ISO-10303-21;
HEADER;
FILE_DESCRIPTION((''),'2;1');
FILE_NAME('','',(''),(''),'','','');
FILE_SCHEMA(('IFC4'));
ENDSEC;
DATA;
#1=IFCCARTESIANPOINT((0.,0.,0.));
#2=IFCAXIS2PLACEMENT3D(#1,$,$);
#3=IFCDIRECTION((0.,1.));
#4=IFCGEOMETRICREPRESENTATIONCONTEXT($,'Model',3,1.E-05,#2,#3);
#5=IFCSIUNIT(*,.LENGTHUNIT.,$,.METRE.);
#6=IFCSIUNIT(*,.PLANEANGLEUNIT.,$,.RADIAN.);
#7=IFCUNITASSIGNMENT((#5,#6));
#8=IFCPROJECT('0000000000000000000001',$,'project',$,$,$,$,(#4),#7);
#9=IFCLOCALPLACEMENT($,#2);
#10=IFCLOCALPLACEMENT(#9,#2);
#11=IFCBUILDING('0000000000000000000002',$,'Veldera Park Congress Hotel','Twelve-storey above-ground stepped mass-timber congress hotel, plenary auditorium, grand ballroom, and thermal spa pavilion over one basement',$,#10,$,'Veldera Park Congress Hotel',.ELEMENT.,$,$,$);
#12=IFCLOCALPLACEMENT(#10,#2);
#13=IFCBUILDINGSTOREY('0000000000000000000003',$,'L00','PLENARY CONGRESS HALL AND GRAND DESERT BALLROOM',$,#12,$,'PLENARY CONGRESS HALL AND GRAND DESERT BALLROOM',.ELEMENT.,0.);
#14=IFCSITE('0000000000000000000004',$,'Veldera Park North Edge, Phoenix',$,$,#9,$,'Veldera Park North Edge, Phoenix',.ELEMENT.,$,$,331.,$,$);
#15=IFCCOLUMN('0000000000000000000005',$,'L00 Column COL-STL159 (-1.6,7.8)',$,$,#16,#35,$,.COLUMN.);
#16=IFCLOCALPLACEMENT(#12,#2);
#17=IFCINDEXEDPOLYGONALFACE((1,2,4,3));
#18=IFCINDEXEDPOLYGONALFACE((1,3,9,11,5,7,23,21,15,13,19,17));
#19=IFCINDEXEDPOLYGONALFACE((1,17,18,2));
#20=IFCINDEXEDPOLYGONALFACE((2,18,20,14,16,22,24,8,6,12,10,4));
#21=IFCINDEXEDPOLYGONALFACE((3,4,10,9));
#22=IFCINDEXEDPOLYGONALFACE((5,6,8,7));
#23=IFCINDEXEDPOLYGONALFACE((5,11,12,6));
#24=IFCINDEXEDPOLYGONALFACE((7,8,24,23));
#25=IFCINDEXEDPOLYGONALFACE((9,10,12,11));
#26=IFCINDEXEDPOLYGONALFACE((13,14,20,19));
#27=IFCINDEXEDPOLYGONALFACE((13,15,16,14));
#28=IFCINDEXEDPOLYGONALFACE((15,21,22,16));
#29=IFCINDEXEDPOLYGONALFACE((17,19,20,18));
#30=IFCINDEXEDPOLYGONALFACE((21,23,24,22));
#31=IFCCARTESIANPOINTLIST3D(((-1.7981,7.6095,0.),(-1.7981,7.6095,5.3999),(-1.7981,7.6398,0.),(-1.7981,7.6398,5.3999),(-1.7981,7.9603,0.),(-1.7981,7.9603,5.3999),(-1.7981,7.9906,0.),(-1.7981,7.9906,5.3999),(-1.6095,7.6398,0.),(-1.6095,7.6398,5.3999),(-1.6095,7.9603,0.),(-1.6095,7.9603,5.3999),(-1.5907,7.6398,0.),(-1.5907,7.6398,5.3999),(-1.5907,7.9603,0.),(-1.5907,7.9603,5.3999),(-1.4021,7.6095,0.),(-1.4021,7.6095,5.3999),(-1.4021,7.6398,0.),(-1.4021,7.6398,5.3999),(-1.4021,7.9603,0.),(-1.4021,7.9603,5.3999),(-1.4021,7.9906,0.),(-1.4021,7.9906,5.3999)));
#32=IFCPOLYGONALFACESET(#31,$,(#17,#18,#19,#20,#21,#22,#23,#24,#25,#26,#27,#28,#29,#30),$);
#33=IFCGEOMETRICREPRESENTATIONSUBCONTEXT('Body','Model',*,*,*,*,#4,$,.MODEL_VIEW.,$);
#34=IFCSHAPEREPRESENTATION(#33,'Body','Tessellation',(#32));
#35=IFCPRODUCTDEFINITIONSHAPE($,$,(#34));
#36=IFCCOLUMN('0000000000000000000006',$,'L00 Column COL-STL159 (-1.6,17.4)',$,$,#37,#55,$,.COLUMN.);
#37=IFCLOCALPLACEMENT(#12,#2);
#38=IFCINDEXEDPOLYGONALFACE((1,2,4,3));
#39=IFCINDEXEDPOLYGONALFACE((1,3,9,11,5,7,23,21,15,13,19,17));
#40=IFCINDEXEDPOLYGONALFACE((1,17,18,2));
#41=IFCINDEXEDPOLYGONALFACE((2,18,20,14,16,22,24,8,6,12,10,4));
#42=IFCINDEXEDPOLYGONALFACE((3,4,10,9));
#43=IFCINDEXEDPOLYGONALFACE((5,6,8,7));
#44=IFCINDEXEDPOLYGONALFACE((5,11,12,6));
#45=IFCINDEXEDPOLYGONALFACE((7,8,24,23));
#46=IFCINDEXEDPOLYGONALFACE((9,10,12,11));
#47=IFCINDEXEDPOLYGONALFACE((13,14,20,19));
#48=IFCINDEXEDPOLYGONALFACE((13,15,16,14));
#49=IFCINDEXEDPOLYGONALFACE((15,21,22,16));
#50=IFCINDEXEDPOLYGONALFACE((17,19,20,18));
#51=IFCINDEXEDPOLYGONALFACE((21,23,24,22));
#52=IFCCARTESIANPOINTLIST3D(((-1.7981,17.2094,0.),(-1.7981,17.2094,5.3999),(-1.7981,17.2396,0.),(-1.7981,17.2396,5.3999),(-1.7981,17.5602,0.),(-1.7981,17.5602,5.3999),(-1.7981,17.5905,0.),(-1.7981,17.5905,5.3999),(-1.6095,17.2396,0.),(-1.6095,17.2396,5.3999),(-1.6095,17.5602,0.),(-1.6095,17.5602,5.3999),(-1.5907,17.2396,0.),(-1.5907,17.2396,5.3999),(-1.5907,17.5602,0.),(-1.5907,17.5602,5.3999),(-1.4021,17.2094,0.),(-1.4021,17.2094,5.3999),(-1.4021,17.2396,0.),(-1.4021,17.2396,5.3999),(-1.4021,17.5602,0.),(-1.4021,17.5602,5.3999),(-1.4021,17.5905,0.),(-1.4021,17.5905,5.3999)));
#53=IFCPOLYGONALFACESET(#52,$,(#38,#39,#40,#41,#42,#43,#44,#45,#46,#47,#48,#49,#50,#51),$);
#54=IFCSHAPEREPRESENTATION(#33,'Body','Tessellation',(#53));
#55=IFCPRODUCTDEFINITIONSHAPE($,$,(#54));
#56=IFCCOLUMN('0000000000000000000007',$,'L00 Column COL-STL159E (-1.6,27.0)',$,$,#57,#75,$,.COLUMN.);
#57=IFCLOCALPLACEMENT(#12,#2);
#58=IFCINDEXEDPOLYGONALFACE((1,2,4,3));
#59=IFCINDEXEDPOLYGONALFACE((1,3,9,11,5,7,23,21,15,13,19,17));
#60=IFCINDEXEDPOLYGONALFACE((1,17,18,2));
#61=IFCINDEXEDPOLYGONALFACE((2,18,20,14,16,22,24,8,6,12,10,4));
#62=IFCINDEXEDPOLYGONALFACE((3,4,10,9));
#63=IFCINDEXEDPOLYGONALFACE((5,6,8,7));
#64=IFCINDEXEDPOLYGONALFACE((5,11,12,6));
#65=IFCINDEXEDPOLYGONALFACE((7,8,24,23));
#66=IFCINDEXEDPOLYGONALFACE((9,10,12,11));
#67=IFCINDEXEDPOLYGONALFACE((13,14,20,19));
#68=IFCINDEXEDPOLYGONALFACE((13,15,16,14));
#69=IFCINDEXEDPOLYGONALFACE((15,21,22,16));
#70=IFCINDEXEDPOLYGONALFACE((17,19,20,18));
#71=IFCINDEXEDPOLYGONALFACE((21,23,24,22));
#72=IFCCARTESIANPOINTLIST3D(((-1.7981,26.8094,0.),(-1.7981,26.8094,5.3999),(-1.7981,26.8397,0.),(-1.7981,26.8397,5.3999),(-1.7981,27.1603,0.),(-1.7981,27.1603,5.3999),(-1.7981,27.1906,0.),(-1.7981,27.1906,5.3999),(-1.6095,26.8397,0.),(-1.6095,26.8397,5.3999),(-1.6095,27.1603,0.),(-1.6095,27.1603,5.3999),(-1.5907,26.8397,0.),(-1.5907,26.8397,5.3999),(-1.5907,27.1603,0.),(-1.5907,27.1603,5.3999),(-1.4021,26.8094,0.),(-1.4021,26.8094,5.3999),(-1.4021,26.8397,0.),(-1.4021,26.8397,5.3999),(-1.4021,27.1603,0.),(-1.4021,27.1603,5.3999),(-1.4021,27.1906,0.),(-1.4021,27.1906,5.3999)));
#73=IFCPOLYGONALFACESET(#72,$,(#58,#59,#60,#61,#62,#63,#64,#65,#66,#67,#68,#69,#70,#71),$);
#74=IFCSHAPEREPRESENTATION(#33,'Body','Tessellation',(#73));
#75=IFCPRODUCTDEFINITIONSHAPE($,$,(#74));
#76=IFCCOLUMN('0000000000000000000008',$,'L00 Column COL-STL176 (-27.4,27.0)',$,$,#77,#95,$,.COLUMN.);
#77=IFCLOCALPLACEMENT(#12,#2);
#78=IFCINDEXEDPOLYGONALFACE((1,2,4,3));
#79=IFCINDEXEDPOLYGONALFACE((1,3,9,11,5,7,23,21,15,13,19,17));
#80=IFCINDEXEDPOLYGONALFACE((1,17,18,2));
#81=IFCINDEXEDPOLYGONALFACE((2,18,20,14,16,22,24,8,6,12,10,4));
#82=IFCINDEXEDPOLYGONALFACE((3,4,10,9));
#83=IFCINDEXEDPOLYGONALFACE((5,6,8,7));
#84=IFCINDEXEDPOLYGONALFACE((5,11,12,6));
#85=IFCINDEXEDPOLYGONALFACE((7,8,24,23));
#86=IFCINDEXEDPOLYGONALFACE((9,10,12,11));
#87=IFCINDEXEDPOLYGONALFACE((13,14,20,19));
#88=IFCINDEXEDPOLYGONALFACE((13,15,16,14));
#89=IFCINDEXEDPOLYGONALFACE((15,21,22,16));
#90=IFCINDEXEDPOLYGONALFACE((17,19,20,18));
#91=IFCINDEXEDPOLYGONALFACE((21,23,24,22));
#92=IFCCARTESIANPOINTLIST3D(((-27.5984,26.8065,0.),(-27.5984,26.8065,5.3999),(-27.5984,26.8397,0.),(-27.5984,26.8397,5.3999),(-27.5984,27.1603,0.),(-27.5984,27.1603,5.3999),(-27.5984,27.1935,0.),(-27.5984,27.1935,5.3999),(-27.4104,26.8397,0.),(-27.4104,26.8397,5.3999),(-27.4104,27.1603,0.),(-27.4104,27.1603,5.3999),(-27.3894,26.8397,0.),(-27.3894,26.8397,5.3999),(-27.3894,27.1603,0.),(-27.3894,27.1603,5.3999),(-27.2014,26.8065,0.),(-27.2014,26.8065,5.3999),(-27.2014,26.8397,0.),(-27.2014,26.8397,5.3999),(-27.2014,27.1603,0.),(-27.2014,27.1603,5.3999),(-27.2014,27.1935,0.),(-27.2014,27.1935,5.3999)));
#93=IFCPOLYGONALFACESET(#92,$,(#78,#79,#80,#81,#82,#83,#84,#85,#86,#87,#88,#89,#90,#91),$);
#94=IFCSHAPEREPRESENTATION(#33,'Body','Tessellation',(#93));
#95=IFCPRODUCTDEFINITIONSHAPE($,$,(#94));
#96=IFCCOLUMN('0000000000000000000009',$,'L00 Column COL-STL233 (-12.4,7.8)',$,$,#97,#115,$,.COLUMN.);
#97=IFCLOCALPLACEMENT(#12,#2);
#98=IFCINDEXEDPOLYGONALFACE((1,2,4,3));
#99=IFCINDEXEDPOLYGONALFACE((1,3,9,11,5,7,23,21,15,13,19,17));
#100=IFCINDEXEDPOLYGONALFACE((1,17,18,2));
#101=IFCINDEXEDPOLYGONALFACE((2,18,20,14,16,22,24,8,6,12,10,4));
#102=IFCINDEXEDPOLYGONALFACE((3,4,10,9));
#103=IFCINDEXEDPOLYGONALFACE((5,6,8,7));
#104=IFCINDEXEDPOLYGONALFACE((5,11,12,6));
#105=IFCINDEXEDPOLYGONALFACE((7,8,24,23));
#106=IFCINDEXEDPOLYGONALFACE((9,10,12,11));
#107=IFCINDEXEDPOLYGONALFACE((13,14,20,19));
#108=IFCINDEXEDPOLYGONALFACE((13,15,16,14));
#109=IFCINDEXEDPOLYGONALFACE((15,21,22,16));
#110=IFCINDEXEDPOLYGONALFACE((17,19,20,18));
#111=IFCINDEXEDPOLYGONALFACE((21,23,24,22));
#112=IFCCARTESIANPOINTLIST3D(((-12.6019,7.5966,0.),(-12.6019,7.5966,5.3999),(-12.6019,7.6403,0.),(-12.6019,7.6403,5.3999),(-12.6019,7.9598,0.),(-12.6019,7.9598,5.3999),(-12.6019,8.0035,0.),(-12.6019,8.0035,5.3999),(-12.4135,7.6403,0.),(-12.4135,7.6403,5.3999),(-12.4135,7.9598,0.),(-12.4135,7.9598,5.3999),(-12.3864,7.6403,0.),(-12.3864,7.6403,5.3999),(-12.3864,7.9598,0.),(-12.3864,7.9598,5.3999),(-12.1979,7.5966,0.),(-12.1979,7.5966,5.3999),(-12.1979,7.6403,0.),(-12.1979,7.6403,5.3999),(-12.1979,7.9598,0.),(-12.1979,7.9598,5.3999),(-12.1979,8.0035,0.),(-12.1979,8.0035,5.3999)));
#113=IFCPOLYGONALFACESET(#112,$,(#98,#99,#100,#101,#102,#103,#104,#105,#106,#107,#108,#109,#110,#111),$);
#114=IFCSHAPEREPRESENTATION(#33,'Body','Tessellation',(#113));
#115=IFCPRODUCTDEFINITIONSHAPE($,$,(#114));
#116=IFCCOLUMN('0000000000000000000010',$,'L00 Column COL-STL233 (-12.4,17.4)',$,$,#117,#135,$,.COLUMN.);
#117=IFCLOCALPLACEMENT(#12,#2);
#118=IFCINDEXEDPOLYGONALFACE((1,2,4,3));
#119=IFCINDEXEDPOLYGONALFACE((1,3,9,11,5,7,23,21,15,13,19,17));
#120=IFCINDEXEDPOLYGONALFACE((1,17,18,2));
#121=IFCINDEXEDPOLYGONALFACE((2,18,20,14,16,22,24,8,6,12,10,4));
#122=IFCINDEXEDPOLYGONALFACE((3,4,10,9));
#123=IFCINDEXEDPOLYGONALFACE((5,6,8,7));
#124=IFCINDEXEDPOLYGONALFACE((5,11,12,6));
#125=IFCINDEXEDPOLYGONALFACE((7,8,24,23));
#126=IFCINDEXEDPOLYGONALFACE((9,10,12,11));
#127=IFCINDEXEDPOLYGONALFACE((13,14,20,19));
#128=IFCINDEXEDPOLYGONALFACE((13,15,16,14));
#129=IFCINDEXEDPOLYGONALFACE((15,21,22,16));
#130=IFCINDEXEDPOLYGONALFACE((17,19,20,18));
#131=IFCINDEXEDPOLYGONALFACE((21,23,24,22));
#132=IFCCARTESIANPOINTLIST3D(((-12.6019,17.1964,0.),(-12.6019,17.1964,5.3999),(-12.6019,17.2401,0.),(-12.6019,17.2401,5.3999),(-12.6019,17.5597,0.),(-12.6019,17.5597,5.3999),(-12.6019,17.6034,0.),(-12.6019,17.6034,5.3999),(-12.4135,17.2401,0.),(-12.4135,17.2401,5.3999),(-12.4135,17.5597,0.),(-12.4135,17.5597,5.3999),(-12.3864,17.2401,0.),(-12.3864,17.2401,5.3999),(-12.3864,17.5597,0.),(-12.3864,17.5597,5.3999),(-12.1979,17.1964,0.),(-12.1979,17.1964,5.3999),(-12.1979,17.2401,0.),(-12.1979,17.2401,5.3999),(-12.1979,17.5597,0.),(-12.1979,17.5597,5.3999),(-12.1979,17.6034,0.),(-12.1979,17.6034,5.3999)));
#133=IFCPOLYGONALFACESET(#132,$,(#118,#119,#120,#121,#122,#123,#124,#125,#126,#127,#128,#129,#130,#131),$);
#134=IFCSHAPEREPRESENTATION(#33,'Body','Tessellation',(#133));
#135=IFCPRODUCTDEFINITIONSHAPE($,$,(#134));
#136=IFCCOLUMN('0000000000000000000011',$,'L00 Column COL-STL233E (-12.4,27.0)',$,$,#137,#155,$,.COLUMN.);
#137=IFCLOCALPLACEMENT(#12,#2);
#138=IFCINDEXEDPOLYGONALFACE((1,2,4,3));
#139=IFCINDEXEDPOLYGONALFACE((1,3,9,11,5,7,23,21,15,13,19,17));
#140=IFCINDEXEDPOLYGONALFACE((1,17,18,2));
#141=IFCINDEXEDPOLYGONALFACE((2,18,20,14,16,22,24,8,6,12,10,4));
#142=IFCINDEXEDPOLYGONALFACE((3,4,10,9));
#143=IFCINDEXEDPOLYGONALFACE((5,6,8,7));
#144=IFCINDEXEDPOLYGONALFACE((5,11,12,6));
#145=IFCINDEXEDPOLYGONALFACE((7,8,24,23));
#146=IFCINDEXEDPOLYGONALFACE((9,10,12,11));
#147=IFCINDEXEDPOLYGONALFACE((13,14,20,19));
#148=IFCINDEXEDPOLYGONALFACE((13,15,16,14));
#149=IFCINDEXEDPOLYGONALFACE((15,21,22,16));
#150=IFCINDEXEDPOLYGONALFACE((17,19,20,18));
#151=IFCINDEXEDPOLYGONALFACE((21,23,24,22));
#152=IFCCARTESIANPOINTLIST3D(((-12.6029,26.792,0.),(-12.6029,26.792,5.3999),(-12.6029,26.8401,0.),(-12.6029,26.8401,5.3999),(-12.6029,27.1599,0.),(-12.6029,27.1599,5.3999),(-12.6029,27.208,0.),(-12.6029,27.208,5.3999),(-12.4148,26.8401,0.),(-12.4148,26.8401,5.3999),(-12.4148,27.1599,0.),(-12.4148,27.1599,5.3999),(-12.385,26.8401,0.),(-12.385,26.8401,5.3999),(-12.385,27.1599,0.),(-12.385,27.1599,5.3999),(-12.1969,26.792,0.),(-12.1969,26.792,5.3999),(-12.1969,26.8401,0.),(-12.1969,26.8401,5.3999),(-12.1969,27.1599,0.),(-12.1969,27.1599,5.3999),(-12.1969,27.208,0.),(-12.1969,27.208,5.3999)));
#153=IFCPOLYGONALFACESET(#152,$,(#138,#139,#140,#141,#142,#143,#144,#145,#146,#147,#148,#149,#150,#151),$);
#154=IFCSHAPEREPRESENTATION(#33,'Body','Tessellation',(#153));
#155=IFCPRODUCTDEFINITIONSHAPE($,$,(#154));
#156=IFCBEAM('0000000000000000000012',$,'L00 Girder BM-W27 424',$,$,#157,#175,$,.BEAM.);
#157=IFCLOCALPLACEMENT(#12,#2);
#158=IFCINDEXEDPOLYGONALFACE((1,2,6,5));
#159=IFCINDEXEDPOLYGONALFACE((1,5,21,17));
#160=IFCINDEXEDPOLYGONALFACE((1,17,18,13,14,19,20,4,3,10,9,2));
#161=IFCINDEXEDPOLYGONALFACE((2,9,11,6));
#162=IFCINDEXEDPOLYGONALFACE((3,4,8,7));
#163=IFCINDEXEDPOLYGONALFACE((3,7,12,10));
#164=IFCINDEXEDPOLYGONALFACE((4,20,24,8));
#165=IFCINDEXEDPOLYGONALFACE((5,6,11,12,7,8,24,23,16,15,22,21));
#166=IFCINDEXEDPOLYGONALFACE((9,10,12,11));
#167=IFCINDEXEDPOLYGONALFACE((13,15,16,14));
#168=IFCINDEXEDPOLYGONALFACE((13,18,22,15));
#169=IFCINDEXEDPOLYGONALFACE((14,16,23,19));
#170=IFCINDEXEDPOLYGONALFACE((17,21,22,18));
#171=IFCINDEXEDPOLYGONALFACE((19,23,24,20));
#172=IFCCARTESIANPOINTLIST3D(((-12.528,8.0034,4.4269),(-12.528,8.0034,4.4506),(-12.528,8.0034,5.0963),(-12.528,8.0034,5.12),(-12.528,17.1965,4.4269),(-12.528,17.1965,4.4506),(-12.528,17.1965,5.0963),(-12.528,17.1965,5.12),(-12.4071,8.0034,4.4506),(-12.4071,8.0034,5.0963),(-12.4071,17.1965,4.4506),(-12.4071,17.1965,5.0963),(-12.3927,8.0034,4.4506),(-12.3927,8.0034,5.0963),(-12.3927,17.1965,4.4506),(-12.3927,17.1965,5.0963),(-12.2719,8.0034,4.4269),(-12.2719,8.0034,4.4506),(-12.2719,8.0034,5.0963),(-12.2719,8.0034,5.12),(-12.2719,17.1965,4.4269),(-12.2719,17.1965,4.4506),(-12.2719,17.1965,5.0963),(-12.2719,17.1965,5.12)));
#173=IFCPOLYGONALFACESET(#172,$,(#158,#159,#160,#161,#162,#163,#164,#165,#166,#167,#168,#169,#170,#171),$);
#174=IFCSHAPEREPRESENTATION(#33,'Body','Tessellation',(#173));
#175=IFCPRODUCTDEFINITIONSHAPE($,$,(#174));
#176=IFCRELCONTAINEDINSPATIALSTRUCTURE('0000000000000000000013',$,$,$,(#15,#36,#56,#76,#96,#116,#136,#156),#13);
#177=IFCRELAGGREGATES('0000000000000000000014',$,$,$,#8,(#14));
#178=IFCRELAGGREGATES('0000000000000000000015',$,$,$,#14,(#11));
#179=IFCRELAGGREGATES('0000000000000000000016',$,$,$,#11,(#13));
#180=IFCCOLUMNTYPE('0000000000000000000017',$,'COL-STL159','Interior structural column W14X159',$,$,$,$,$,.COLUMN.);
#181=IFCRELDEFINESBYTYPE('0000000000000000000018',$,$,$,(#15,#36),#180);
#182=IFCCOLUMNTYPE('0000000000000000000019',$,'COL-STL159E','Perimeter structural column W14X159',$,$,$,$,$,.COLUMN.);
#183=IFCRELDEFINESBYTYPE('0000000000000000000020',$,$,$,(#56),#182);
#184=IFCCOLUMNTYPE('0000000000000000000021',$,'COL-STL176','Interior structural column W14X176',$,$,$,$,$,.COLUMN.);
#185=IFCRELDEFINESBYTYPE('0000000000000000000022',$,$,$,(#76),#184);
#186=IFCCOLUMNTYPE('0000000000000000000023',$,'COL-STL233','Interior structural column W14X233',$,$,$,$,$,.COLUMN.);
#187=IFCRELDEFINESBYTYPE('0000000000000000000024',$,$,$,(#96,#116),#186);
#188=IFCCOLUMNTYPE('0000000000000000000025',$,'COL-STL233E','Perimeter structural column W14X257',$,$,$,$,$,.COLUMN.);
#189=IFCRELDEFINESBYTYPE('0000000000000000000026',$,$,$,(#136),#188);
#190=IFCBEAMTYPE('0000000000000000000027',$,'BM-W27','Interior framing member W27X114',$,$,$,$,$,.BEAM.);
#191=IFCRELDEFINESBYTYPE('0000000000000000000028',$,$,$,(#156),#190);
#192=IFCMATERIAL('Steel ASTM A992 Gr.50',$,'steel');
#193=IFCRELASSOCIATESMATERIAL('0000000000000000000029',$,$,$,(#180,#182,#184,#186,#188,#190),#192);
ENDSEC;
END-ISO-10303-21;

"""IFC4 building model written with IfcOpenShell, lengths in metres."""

from ifc_helpers import new_model, si_unit, direction, frame, origin, origin_2d, place, context, subcontext, project, spatial, i_section, extrude, material, material_profile, profile_set, type_object, element, save


model = new_model("IFC4")

# Units and contexts
model_context = context("Model", 3, precision=1e-05, world=origin(), true_north=direction((0.0, 1.0)))
body_context = subcontext(model_context, "Body", "Model", "MODEL_VIEW")
ifc_project = project(units=[si_unit("LENGTHUNIT", "METRE"), si_unit("PLANEANGLEUNIT", "RADIAN")], contexts=[model_context])

# Site, building, storey
site_placement = place(None, origin())
site = spatial("IfcSite", under=ifc_project, at=site_placement, Name="Veldera Park North Edge, Phoenix", LongName="Veldera Park North Edge, Phoenix", CompositionType="ELEMENT", RefElevation=331.0)
building_placement = place(site_placement, origin())
building = spatial("IfcBuilding", under=site, at=building_placement, Name="Veldera Park Congress Hotel", Description="Twelve-storey above-ground stepped mass-timber congress hotel, plenary auditorium, grand ballroom, and thermal spa pavilion over one basement", LongName="Veldera Park Congress Hotel", CompositionType="ELEMENT")
storey_placement = place(building_placement, origin())
storey = spatial("IfcBuildingStorey", under=building, at=storey_placement, Name="L00", Description="PLENARY CONGRESS HALL AND GRAND DESERT BALLROOM", LongName="PLENARY CONGRESS HALL AND GRAND DESERT BALLROOM", CompositionType="ELEMENT", Elevation=0.0)

# Columns
ifc_material_1 = material(Name="Steel ASTM A992 Gr.50", Category="steel")
ifc_material_profile_1 = material_profile(ifc_material_1, i_section(OverallWidth=0.396, OverallDepth=0.3811, WebThickness=0.0188, FlangeThickness=0.0303, at=origin_2d()), Name="W14X159")
ifc_profile_set_1 = profile_set([ifc_material_profile_1], Name="Steel ASTM A992 Gr.50")
column_type_1 = type_object("IfcColumnType", Name="COL-STL159", Description="Interior structural column W14X159", PredefinedType="COLUMN", material=ifc_profile_set_1)
for number, where, z_axis, x_axis, name in (
    (1, (-1.6001, 7.8, 0.0), (0.0, 0.0, 1.0), (1.0, 0.0, 0.0), "L00 Column COL-STL159 (-1.6,7.8)"),
    (2, (-1.6001, 17.3999, 0.0), (0.0, 0.0, 1.0), (1.0, 0.0, 0.0), "L00 Column COL-STL159 (-1.6,17.4)"),
):
    element("IfcColumn", number, at=place(storey_placement, frame(where, z_axis=z_axis, x_axis=x_axis)), inside=storey, type_object=column_type_1, Name=name, PredefinedType="COLUMN", context=body_context, shape_type="SweptSolid", body=[
        extrude(i_section(OverallWidth=0.396, OverallDepth=0.3811, WebThickness=0.0188, FlangeThickness=0.0303, at=origin_2d()), origin(), (0.0, 0.0, 1.0), 5.3999),
    ])
ifc_material_profile_2 = material_profile(ifc_material_1, i_section(OverallWidth=0.396, OverallDepth=0.3811, WebThickness=0.0188, FlangeThickness=0.0303, at=origin_2d()), Name="W14X159")
ifc_profile_set_2 = profile_set([ifc_material_profile_2], Name="Steel ASTM A992 Gr.50")
column_type_2 = type_object("IfcColumnType", Name="COL-STL159E", Description="Perimeter structural column W14X159", PredefinedType="COLUMN", material=ifc_profile_set_2)
column_1_placement = place(storey_placement, frame((-1.6001, 27.0, 0.0), z_axis=(0.0, 0.0, 1.0), x_axis=(1.0, 0.0, 0.0)))
element("IfcColumn", 3, at=column_1_placement, inside=storey, type_object=column_type_2, Name="L00 Column COL-STL159E (-1.6,27.0)", PredefinedType="COLUMN", context=body_context, shape_type="SweptSolid", body=[
    extrude(i_section(OverallWidth=0.396, OverallDepth=0.3811, WebThickness=0.0188, FlangeThickness=0.0303, at=origin_2d()), origin(), (0.0, 0.0, 1.0), 5.3999),
])
ifc_material_profile_3 = material_profile(ifc_material_1, i_section(OverallWidth=0.397, OverallDepth=0.387, WebThickness=0.021, FlangeThickness=0.0332, at=origin_2d()), Name="W14X176")
ifc_profile_set_3 = profile_set([ifc_material_profile_3], Name="Steel ASTM A992 Gr.50")
column_type_3 = type_object("IfcColumnType", Name="COL-STL176", Description="Interior structural column W14X176", PredefinedType="COLUMN", material=ifc_profile_set_3)
column_2_placement = place(storey_placement, frame((-27.3999, 27.0, 0.0), z_axis=(0.0, 0.0, 1.0), x_axis=(1.0, 0.0, 0.0)))
element("IfcColumn", 4, at=column_2_placement, inside=storey, type_object=column_type_3, Name="L00 Column COL-STL176 (-27.4,27.0)", PredefinedType="COLUMN", context=body_context, shape_type="SweptSolid", body=[
    extrude(i_section(OverallWidth=0.397, OverallDepth=0.387, WebThickness=0.021, FlangeThickness=0.0332, at=origin_2d()), origin(), (0.0, 0.0, 1.0), 5.3999),
])
ifc_material_profile_4 = material_profile(ifc_material_1, i_section(OverallWidth=0.4041, OverallDepth=0.407, WebThickness=0.0271, FlangeThickness=0.0437, at=origin_2d()), Name="W14X233")
ifc_profile_set_4 = profile_set([ifc_material_profile_4], Name="Steel ASTM A992 Gr.50")
column_type_4 = type_object("IfcColumnType", Name="COL-STL233", Description="Interior structural column W14X233", PredefinedType="COLUMN", material=ifc_profile_set_4)
for number, where, z_axis, x_axis, name in (
    (5, (-12.3999, 7.8, 0.0), (0.0, 0.0, 1.0), (1.0, 0.0, 0.0), "L00 Column COL-STL233 (-12.4,7.8)"),
    (6, (-12.3999, 17.3999, 0.0), (0.0, 0.0, 1.0), (1.0, 0.0, 0.0), "L00 Column COL-STL233 (-12.4,17.4)"),
):
    element("IfcColumn", number, at=place(storey_placement, frame(where, z_axis=z_axis, x_axis=x_axis)), inside=storey, type_object=column_type_4, Name=name, PredefinedType="COLUMN", context=body_context, shape_type="SweptSolid", body=[
        extrude(i_section(OverallWidth=0.4041, OverallDepth=0.407, WebThickness=0.0271, FlangeThickness=0.0437, at=origin_2d()), origin(), (0.0, 0.0, 1.0), 5.3999),
    ])
ifc_material_profile_5 = material_profile(ifc_material_1, i_section(OverallWidth=0.406, OverallDepth=0.416, WebThickness=0.0298, FlangeThickness=0.0481, at=origin_2d()), Name="W14X257")
ifc_profile_set_5 = profile_set([ifc_material_profile_5], Name="Steel ASTM A992 Gr.50")
column_type_5 = type_object("IfcColumnType", Name="COL-STL233E", Description="Perimeter structural column W14X257", PredefinedType="COLUMN", material=ifc_profile_set_5)
column_3_placement = place(storey_placement, frame((-12.3999, 27.0, 0.0), z_axis=(0.0, 0.0, 1.0), x_axis=(1.0, 0.0, 0.0)))
element("IfcColumn", 7, at=column_3_placement, inside=storey, type_object=column_type_5, Name="L00 Column COL-STL233E (-12.4,27.0)", PredefinedType="COLUMN", context=body_context, shape_type="SweptSolid", body=[
    extrude(i_section(OverallWidth=0.406, OverallDepth=0.416, WebThickness=0.0298, FlangeThickness=0.0481, at=origin_2d()), origin(), (0.0, 0.0, 1.0), 5.3999),
])

# Beam
ifc_material_profile_6 = material_profile(ifc_material_1, i_section(OverallWidth=0.2561, OverallDepth=0.6931, WebThickness=0.0144, FlangeThickness=0.0237, at=origin_2d()), Name="W27X114")
ifc_profile_set_6 = profile_set([ifc_material_profile_6], Name="Steel ASTM A992 Gr.50")
beam_type_1 = type_object("IfcBeamType", Name="BM-W27", Description="Interior framing member W27X114", PredefinedType="BEAM", material=ifc_profile_set_6)
beam_1_placement = place(storey_placement, frame((-12.3999, 8.0034, 4.7734), z_axis=(0.0, 1.0, 0.0), x_axis=(-1.0, 0.0, 0.0)))
element("IfcBeam", 8, at=beam_1_placement, inside=storey, type_object=beam_type_1, Name="L00 Girder BM-W27 424", PredefinedType="BEAM", context=body_context, shape_type="SweptSolid", body=[
    extrude(i_section(OverallWidth=0.2561, OverallDepth=0.6931, WebThickness=0.0144, FlangeThickness=0.0237, at=origin_2d()), origin(), (0.0, 0.0, 1.0), 9.1931),
])

save(model, "model.ifc")
